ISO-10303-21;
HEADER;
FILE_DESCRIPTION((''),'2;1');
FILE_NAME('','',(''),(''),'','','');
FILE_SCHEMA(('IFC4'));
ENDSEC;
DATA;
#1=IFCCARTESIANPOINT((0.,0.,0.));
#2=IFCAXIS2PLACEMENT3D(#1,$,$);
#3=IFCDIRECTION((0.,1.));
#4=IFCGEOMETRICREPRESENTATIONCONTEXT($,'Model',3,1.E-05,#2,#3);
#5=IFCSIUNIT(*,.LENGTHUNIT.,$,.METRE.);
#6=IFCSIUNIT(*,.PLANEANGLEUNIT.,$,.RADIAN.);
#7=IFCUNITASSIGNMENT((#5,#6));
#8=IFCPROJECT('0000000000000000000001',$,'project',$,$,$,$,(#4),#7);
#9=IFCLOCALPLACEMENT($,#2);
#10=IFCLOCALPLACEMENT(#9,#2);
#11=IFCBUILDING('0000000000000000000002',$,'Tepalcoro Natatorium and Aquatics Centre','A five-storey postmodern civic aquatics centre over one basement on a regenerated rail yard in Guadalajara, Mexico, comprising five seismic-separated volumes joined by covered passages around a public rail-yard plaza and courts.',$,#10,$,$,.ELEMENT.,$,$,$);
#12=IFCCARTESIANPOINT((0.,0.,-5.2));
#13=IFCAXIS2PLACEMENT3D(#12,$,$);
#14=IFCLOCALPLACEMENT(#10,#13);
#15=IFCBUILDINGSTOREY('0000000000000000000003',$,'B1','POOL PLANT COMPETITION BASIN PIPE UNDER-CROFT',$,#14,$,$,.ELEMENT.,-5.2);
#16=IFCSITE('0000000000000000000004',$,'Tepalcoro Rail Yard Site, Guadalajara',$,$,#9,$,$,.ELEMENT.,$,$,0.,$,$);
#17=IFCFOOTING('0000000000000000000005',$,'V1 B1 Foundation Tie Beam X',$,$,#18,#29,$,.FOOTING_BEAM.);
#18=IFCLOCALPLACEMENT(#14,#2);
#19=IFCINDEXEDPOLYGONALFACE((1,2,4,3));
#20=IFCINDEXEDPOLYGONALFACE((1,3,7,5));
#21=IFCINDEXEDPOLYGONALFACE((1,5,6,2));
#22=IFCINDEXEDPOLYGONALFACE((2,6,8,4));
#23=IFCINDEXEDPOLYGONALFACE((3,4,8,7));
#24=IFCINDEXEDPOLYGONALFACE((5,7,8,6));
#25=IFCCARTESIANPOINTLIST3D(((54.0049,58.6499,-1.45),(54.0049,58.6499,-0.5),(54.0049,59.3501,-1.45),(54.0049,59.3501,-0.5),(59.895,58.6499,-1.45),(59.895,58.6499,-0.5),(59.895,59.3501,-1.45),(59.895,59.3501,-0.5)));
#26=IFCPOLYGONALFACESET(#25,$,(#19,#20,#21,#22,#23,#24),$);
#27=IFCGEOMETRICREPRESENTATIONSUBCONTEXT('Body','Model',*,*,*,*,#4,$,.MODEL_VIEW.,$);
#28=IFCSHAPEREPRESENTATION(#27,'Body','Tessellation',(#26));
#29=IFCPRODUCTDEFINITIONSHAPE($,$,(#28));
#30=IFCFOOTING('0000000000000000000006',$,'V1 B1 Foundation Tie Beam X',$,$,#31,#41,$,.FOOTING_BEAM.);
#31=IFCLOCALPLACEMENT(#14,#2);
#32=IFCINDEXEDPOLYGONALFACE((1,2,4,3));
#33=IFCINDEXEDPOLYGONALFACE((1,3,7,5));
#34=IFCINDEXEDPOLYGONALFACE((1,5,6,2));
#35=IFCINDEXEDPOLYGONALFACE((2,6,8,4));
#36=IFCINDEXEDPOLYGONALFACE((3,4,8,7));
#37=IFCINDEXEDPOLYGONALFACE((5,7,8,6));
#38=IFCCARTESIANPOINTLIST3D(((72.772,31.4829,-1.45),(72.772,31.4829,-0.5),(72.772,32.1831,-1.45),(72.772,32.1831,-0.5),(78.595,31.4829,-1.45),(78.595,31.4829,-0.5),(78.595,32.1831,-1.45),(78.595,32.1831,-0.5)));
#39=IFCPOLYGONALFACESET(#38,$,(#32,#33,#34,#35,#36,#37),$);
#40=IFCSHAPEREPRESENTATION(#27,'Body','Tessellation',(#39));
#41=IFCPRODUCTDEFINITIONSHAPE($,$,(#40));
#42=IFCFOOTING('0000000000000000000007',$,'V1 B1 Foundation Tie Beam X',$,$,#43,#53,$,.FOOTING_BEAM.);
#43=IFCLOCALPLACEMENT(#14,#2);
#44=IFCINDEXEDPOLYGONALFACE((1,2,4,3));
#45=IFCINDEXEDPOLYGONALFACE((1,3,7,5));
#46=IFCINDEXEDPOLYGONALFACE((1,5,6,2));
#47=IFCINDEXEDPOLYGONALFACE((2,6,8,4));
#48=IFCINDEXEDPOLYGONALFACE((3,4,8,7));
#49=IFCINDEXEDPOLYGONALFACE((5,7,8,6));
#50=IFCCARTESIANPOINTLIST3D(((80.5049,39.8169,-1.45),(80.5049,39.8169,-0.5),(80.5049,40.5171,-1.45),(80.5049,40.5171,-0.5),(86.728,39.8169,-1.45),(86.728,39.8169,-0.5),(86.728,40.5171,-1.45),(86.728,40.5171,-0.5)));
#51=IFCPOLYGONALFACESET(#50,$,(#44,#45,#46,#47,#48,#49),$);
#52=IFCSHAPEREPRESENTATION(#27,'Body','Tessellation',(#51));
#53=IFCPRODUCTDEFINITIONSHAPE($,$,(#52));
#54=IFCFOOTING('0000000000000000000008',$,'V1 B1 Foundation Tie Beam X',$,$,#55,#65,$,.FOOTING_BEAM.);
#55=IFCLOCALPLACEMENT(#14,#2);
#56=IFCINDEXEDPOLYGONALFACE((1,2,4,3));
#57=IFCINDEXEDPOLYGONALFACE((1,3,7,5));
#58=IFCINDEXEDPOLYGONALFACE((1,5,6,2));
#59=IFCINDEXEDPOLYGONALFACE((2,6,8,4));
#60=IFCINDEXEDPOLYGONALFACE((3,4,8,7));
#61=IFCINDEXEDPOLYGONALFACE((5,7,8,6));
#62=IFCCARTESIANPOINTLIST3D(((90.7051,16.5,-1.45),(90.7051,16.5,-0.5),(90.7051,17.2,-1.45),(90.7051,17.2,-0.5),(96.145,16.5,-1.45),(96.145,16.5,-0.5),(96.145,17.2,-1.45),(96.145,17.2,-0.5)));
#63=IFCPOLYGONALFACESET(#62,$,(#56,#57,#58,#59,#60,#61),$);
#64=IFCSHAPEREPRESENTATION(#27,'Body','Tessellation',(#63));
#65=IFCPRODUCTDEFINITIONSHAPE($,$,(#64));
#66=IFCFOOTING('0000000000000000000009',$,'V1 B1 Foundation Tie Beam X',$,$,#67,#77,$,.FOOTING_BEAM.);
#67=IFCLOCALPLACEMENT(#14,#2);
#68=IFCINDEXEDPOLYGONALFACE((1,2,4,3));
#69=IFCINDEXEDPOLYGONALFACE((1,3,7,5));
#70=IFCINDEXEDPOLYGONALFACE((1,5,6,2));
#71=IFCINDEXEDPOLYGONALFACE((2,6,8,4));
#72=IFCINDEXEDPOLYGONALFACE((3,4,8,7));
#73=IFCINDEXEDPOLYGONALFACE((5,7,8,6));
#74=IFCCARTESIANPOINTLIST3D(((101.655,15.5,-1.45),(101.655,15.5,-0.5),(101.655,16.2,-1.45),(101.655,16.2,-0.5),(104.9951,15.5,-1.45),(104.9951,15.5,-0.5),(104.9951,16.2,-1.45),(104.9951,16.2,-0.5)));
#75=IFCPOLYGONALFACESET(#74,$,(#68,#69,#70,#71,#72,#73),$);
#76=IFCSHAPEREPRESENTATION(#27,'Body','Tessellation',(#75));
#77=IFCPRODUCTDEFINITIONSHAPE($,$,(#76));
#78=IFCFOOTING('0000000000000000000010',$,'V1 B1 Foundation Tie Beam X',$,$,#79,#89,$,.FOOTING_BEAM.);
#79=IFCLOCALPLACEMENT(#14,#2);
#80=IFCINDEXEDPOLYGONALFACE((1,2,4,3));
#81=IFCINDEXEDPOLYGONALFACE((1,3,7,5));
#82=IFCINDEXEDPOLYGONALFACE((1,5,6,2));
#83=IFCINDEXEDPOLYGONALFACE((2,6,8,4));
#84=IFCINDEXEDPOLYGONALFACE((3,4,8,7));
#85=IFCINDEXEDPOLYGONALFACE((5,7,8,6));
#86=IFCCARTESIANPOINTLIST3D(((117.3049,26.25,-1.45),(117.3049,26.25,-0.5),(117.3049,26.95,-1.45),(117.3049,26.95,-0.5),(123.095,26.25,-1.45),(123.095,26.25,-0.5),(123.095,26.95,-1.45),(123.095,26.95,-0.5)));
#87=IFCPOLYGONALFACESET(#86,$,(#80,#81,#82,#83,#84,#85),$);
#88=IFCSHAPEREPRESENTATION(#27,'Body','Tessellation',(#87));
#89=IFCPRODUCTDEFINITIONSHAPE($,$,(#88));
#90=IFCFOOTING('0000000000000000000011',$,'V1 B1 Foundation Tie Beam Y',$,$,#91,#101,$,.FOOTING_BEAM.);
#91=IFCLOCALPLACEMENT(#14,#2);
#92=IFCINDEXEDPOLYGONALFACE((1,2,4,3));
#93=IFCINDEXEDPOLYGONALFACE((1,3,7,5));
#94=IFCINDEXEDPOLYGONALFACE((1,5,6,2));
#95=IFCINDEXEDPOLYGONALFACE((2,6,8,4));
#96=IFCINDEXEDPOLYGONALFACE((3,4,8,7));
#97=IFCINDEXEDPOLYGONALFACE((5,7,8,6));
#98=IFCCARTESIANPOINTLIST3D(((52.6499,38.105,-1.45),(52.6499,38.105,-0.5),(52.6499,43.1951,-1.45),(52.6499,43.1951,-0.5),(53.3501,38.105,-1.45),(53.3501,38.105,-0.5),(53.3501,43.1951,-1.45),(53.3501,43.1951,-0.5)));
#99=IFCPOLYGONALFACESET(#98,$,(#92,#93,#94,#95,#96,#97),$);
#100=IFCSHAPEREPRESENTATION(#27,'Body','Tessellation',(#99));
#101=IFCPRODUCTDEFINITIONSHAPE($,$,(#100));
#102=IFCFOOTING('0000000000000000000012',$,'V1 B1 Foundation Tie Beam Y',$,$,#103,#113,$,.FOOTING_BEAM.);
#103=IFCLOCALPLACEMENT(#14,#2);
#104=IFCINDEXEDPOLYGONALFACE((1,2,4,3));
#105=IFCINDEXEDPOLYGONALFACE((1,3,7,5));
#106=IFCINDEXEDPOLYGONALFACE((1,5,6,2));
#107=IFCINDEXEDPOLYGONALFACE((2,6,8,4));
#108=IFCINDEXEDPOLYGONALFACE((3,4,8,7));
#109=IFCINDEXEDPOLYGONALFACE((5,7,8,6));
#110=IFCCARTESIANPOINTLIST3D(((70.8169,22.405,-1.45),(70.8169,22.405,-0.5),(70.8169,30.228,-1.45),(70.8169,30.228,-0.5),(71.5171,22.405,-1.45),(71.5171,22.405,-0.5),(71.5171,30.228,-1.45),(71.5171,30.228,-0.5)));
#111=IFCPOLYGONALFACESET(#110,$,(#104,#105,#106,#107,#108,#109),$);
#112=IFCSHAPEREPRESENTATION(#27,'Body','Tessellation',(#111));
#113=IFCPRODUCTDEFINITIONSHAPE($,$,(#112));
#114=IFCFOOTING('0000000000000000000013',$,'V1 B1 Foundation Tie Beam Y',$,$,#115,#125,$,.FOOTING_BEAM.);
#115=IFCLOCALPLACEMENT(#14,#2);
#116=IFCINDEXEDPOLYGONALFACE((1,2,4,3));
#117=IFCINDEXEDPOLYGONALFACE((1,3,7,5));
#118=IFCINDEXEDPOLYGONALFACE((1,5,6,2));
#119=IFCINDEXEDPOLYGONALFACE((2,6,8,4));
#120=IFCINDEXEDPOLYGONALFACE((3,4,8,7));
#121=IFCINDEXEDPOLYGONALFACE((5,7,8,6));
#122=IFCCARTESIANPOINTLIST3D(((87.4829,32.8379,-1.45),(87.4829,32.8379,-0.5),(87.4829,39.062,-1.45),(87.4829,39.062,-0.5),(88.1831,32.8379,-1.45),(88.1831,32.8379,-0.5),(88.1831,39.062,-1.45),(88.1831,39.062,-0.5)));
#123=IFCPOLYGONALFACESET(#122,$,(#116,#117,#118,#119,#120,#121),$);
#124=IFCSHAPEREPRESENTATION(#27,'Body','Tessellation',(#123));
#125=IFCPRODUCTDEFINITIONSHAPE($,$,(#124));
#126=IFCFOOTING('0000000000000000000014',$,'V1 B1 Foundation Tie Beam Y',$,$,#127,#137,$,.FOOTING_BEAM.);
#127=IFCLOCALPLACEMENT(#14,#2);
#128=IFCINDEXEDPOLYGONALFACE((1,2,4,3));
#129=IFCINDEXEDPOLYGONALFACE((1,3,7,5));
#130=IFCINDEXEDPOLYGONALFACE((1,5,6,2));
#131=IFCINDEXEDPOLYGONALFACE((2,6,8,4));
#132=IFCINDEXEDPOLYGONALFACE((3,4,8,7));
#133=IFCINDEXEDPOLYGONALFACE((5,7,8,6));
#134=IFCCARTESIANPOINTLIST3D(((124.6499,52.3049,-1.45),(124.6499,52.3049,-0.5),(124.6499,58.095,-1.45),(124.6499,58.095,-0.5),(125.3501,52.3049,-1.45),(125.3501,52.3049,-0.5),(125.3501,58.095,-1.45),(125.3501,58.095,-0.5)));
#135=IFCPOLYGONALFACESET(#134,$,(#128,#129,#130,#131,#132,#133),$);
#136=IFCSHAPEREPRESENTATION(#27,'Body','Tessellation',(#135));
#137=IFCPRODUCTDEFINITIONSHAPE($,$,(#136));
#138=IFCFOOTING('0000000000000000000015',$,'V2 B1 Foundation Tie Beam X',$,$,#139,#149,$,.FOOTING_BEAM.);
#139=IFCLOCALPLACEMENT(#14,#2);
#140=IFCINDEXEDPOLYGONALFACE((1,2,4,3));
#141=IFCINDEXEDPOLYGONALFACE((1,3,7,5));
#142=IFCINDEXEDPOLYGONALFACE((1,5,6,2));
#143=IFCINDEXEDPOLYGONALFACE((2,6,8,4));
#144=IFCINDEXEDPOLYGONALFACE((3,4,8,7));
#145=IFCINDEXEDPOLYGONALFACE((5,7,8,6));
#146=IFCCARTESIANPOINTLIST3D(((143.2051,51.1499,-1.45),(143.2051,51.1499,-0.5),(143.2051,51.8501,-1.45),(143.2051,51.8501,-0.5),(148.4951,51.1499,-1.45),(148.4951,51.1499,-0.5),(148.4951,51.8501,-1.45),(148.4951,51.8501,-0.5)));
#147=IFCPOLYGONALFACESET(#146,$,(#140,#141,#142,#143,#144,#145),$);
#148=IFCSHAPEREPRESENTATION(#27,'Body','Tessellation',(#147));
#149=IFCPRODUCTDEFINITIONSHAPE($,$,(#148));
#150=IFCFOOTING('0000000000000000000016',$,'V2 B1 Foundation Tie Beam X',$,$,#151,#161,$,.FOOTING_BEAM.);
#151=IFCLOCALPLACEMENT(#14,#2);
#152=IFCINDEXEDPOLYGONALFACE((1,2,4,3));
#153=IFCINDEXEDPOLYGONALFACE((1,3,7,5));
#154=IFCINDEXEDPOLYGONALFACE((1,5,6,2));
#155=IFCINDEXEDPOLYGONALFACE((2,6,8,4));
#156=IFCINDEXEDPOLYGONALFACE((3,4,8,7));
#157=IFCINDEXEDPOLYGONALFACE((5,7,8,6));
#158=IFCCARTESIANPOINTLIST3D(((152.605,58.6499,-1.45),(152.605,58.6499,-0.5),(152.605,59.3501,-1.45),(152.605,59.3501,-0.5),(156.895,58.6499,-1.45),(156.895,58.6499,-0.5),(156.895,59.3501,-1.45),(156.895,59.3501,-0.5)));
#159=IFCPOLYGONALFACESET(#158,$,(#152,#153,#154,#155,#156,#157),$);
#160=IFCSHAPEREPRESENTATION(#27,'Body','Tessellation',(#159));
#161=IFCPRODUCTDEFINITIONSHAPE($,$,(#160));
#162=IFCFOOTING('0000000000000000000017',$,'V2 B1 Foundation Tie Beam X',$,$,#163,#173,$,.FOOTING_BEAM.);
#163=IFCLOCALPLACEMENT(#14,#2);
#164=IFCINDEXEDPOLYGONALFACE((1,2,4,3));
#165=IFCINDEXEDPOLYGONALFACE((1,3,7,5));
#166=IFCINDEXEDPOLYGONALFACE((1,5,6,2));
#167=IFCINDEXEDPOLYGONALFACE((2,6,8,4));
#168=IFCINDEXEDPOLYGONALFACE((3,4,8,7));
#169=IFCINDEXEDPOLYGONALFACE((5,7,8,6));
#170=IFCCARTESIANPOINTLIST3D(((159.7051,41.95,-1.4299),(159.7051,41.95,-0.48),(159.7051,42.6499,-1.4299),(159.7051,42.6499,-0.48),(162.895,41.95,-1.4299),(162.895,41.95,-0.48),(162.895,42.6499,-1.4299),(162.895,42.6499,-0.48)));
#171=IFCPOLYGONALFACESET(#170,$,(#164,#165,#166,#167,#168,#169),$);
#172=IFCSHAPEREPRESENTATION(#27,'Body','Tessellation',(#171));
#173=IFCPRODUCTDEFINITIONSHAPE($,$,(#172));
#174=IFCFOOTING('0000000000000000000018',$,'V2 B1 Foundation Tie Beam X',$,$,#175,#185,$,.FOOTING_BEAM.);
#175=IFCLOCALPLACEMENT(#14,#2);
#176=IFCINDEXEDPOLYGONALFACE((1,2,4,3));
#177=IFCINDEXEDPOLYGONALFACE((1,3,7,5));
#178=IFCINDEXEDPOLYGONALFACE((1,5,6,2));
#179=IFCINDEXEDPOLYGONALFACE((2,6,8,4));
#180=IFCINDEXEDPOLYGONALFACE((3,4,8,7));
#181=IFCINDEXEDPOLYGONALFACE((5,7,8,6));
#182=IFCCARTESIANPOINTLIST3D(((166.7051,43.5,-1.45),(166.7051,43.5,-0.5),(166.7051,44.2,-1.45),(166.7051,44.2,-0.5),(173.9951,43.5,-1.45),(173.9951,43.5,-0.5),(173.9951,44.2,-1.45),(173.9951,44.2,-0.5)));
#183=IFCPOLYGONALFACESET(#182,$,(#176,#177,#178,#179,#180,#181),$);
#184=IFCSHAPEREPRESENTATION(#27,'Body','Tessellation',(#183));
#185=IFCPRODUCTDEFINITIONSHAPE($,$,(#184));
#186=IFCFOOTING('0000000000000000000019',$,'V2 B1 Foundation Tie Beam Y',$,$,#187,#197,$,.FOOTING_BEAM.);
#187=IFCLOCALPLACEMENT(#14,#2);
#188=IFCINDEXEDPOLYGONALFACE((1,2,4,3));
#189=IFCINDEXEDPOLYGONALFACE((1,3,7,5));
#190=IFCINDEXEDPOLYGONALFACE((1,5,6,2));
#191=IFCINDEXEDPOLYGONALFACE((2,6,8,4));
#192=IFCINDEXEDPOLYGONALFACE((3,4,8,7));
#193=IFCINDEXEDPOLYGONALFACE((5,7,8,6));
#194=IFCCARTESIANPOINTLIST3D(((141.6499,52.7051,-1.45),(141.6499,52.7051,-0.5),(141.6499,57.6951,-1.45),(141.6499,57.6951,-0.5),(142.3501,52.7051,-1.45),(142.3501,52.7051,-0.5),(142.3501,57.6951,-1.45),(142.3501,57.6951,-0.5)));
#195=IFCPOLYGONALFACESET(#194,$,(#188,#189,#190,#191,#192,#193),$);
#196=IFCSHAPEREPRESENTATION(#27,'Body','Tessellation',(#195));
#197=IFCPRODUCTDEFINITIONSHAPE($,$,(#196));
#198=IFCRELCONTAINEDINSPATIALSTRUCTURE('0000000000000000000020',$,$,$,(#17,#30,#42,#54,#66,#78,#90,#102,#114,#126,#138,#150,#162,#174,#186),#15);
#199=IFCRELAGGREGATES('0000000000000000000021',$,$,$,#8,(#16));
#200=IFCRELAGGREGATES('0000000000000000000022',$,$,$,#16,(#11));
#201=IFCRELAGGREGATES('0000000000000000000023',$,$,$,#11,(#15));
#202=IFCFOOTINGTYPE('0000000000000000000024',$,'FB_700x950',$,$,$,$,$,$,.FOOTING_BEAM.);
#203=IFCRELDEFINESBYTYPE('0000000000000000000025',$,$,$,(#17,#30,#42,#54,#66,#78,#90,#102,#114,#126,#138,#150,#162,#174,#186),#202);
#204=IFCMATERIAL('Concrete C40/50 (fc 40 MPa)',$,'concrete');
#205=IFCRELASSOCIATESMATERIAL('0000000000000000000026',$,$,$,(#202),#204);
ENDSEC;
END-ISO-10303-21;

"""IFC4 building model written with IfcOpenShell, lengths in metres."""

from ifc_helpers import new_model, si_unit, direction, frame, origin, place, context, subcontext, project, spatial, polyline, outline, extrude, material, type_object, element, save


model = new_model("IFC4")

# Units and contexts
model_context = context("Model", 3, precision=1e-05, world=origin(), true_north=direction((0.0, 1.0)))
body_context = subcontext(model_context, "Body", "Model", "MODEL_VIEW")
ifc_project = project(units=[si_unit("LENGTHUNIT", "METRE"), si_unit("PLANEANGLEUNIT", "RADIAN")], contexts=[model_context])

# Site, building, storey
site_placement = place(None, origin())
site = spatial("IfcSite", under=ifc_project, at=site_placement, Name="Tepalcoro Rail Yard Site, Guadalajara", CompositionType="ELEMENT", RefElevation=0.0)
building_placement = place(site_placement, origin())
building = spatial("IfcBuilding", under=site, at=building_placement, Name="Tepalcoro Natatorium and Aquatics Centre", Description="A five-storey postmodern civic aquatics centre over one basement on a regenerated rail yard in Guadalajara, Mexico, comprising five seismic-separated volumes joined by covered passages around a public rail-yard plaza and courts.", CompositionType="ELEMENT")
storey_placement = place(building_placement, frame((0.0, 0.0, -5.2)))
storey = spatial("IfcBuildingStorey", under=building, at=storey_placement, Name="B1", Description="POOL PLANT COMPETITION BASIN PIPE UNDER-CROFT", CompositionType="ELEMENT", Elevation=-5.2)

# Footings
ifc_material = material(Name="Concrete C40/50 (fc 40 MPa)", Category="concrete")
footing_type_1 = type_object("IfcFootingType", Name="FB_700x950", PredefinedType="FOOTING_BEAM", material=ifc_material)
footing_1_placement = place(storey_placement, frame((0.0, 0.0, -1.45)))
element("IfcFooting", 1, at=footing_1_placement, inside=storey, type_object=footing_type_1, Name="V1 B1 Foundation Tie Beam X", PredefinedType="FOOTING_BEAM", context=body_context, shape_type="SweptSolid", body=[
    extrude(outline(polyline([(54.0049, 58.6499), (59.895, 58.6499), (59.895, 59.3501), (54.0049, 59.3501), (54.0049, 58.6499)])), origin(), (0.0, 0.0, 1.0), 0.95),
])
footing_2_placement = place(storey_placement, frame((0.0, 0.0, -1.45)))
element("IfcFooting", 2, at=footing_2_placement, inside=storey, type_object=footing_type_1, Name="V1 B1 Foundation Tie Beam X", PredefinedType="FOOTING_BEAM", context=body_context, shape_type="SweptSolid", body=[
    extrude(outline(polyline([(72.772, 31.4829), (78.595, 31.4829), (78.595, 32.1831), (72.772, 32.1831), (72.772, 31.4829)])), origin(), (0.0, 0.0, 1.0), 0.95),
])
footing_3_placement = place(storey_placement, frame((0.0, 0.0, -1.45)))
element("IfcFooting", 3, at=footing_3_placement, inside=storey, type_object=footing_type_1, Name="V1 B1 Foundation Tie Beam X", PredefinedType="FOOTING_BEAM", context=body_context, shape_type="SweptSolid", body=[
    extrude(outline(polyline([(80.5049, 39.8169), (86.728, 39.8169), (86.728, 40.5171), (80.5049, 40.5171), (80.5049, 39.8169)])), origin(), (0.0, 0.0, 1.0), 0.95),
])
footing_4_placement = place(storey_placement, frame((0.0, 0.0, -1.45)))
element("IfcFooting", 4, at=footing_4_placement, inside=storey, type_object=footing_type_1, Name="V1 B1 Foundation Tie Beam X", PredefinedType="FOOTING_BEAM", context=body_context, shape_type="SweptSolid", body=[
    extrude(outline(polyline([(90.7051, 16.5), (96.145, 16.5), (96.145, 17.2), (90.7051, 17.2), (90.7051, 16.5)])), origin(), (0.0, 0.0, 1.0), 0.95),
])
footing_5_placement = place(storey_placement, frame((0.0, 0.0, -1.45)))
element("IfcFooting", 5, at=footing_5_placement, inside=storey, type_object=footing_type_1, Name="V1 B1 Foundation Tie Beam X", PredefinedType="FOOTING_BEAM", context=body_context, shape_type="SweptSolid", body=[
    extrude(outline(polyline([(101.655, 15.5), (104.9951, 15.5), (104.9951, 16.2), (101.655, 16.2), (101.655, 15.5)])), origin(), (0.0, 0.0, 1.0), 0.95),
])
footing_6_placement = place(storey_placement, frame((0.0, 0.0, -1.45)))
element("IfcFooting", 6, at=footing_6_placement, inside=storey, type_object=footing_type_1, Name="V1 B1 Foundation Tie Beam X", PredefinedType="FOOTING_BEAM", context=body_context, shape_type="SweptSolid", body=[
    extrude(outline(polyline([(117.3049, 26.25), (123.095, 26.25), (123.095, 26.95), (117.3049, 26.95), (117.3049, 26.25)])), origin(), (0.0, 0.0, 1.0), 0.95),
])
footing_7_placement = place(storey_placement, frame((0.0, 0.0, -1.45)))
element("IfcFooting", 7, at=footing_7_placement, inside=storey, type_object=footing_type_1, Name="V1 B1 Foundation Tie Beam Y", PredefinedType="FOOTING_BEAM", context=body_context, shape_type="SweptSolid", body=[
    extrude(outline(polyline([(53.3501, 38.105), (53.3501, 43.1951), (52.6499, 43.1951), (52.6499, 38.105), (53.3501, 38.105)])), origin(), (0.0, 0.0, 1.0), 0.95),
])
footing_8_placement = place(storey_placement, frame((0.0, 0.0, -1.45)))
element("IfcFooting", 8, at=footing_8_placement, inside=storey, type_object=footing_type_1, Name="V1 B1 Foundation Tie Beam Y", PredefinedType="FOOTING_BEAM", context=body_context, shape_type="SweptSolid", body=[
    extrude(outline(polyline([(71.5171, 22.405), (71.5171, 30.228), (70.8169, 30.228), (70.8169, 22.405), (71.5171, 22.405)])), origin(), (0.0, 0.0, 1.0), 0.95),
])
footing_9_placement = place(storey_placement, frame((0.0, 0.0, -1.45)))
element("IfcFooting", 9, at=footing_9_placement, inside=storey, type_object=footing_type_1, Name="V1 B1 Foundation Tie Beam Y", PredefinedType="FOOTING_BEAM", context=body_context, shape_type="SweptSolid", body=[
    extrude(outline(polyline([(88.1831, 32.8379), (88.1831, 39.062), (87.4829, 39.062), (87.4829, 32.8379), (88.1831, 32.8379)])), origin(), (0.0, 0.0, 1.0), 0.95),
])
footing_10_placement = place(storey_placement, frame((0.0, 0.0, -1.45)))
element("IfcFooting", 10, at=footing_10_placement, inside=storey, type_object=footing_type_1, Name="V1 B1 Foundation Tie Beam Y", PredefinedType="FOOTING_BEAM", context=body_context, shape_type="SweptSolid", body=[
    extrude(outline(polyline([(125.3501, 52.3049), (125.3501, 58.095), (124.6499, 58.095), (124.6499, 52.3049), (125.3501, 52.3049)])), origin(), (0.0, 0.0, 1.0), 0.95),
])
footing_11_placement = place(storey_placement, frame((0.0, 0.0, -1.45)))
element("IfcFooting", 11, at=footing_11_placement, inside=storey, type_object=footing_type_1, Name="V2 B1 Foundation Tie Beam X", PredefinedType="FOOTING_BEAM", context=body_context, shape_type="SweptSolid", body=[
    extrude(outline(polyline([(143.2051, 51.1499), (148.4951, 51.1499), (148.4951, 51.8501), (143.2051, 51.8501), (143.2051, 51.1499)])), origin(), (0.0, 0.0, 1.0), 0.95),
])
footing_12_placement = place(storey_placement, frame((0.0, 0.0, -1.45)))
element("IfcFooting", 12, at=footing_12_placement, inside=storey, type_object=footing_type_1, Name="V2 B1 Foundation Tie Beam X", PredefinedType="FOOTING_BEAM", context=body_context, shape_type="SweptSolid", body=[
    extrude(outline(polyline([(152.605, 58.6499), (156.895, 58.6499), (156.895, 59.3501), (152.605, 59.3501), (152.605, 58.6499)])), origin(), (0.0, 0.0, 1.0), 0.95),
])
footing_13_placement = place(storey_placement, frame((0.0, 0.0, -1.4299)))
element("IfcFooting", 13, at=footing_13_placement, inside=storey, type_object=footing_type_1, Name="V2 B1 Foundation Tie Beam X", PredefinedType="FOOTING_BEAM", context=body_context, shape_type="SweptSolid", body=[
    extrude(outline(polyline([(159.7051, 41.95), (162.895, 41.95), (162.895, 42.6499), (159.7051, 42.6499), (159.7051, 41.95)])), origin(), (0.0, 0.0, 1.0), 0.95),
])
footing_14_placement = place(storey_placement, frame((0.0, 0.0, -1.45)))
element("IfcFooting", 14, at=footing_14_placement, inside=storey, type_object=footing_type_1, Name="V2 B1 Foundation Tie Beam X", PredefinedType="FOOTING_BEAM", context=body_context, shape_type="SweptSolid", body=[
    extrude(outline(polyline([(166.7051, 43.5), (173.9951, 43.5), (173.9951, 44.2), (166.7051, 44.2), (166.7051, 43.5)])), origin(), (0.0, 0.0, 1.0), 0.95),
])
footing_15_placement = place(storey_placement, frame((0.0, 0.0, -1.45)))
element("IfcFooting", 15, at=footing_15_placement, inside=storey, type_object=footing_type_1, Name="V2 B1 Foundation Tie Beam Y", PredefinedType="FOOTING_BEAM", context=body_context, shape_type="SweptSolid", body=[
    extrude(outline(polyline([(142.3501, 52.7051), (142.3501, 57.6951), (141.6499, 57.6951), (141.6499, 52.7051), (142.3501, 52.7051)])), origin(), (0.0, 0.0, 1.0), 0.95),
])

save(model, "model.ifc")
